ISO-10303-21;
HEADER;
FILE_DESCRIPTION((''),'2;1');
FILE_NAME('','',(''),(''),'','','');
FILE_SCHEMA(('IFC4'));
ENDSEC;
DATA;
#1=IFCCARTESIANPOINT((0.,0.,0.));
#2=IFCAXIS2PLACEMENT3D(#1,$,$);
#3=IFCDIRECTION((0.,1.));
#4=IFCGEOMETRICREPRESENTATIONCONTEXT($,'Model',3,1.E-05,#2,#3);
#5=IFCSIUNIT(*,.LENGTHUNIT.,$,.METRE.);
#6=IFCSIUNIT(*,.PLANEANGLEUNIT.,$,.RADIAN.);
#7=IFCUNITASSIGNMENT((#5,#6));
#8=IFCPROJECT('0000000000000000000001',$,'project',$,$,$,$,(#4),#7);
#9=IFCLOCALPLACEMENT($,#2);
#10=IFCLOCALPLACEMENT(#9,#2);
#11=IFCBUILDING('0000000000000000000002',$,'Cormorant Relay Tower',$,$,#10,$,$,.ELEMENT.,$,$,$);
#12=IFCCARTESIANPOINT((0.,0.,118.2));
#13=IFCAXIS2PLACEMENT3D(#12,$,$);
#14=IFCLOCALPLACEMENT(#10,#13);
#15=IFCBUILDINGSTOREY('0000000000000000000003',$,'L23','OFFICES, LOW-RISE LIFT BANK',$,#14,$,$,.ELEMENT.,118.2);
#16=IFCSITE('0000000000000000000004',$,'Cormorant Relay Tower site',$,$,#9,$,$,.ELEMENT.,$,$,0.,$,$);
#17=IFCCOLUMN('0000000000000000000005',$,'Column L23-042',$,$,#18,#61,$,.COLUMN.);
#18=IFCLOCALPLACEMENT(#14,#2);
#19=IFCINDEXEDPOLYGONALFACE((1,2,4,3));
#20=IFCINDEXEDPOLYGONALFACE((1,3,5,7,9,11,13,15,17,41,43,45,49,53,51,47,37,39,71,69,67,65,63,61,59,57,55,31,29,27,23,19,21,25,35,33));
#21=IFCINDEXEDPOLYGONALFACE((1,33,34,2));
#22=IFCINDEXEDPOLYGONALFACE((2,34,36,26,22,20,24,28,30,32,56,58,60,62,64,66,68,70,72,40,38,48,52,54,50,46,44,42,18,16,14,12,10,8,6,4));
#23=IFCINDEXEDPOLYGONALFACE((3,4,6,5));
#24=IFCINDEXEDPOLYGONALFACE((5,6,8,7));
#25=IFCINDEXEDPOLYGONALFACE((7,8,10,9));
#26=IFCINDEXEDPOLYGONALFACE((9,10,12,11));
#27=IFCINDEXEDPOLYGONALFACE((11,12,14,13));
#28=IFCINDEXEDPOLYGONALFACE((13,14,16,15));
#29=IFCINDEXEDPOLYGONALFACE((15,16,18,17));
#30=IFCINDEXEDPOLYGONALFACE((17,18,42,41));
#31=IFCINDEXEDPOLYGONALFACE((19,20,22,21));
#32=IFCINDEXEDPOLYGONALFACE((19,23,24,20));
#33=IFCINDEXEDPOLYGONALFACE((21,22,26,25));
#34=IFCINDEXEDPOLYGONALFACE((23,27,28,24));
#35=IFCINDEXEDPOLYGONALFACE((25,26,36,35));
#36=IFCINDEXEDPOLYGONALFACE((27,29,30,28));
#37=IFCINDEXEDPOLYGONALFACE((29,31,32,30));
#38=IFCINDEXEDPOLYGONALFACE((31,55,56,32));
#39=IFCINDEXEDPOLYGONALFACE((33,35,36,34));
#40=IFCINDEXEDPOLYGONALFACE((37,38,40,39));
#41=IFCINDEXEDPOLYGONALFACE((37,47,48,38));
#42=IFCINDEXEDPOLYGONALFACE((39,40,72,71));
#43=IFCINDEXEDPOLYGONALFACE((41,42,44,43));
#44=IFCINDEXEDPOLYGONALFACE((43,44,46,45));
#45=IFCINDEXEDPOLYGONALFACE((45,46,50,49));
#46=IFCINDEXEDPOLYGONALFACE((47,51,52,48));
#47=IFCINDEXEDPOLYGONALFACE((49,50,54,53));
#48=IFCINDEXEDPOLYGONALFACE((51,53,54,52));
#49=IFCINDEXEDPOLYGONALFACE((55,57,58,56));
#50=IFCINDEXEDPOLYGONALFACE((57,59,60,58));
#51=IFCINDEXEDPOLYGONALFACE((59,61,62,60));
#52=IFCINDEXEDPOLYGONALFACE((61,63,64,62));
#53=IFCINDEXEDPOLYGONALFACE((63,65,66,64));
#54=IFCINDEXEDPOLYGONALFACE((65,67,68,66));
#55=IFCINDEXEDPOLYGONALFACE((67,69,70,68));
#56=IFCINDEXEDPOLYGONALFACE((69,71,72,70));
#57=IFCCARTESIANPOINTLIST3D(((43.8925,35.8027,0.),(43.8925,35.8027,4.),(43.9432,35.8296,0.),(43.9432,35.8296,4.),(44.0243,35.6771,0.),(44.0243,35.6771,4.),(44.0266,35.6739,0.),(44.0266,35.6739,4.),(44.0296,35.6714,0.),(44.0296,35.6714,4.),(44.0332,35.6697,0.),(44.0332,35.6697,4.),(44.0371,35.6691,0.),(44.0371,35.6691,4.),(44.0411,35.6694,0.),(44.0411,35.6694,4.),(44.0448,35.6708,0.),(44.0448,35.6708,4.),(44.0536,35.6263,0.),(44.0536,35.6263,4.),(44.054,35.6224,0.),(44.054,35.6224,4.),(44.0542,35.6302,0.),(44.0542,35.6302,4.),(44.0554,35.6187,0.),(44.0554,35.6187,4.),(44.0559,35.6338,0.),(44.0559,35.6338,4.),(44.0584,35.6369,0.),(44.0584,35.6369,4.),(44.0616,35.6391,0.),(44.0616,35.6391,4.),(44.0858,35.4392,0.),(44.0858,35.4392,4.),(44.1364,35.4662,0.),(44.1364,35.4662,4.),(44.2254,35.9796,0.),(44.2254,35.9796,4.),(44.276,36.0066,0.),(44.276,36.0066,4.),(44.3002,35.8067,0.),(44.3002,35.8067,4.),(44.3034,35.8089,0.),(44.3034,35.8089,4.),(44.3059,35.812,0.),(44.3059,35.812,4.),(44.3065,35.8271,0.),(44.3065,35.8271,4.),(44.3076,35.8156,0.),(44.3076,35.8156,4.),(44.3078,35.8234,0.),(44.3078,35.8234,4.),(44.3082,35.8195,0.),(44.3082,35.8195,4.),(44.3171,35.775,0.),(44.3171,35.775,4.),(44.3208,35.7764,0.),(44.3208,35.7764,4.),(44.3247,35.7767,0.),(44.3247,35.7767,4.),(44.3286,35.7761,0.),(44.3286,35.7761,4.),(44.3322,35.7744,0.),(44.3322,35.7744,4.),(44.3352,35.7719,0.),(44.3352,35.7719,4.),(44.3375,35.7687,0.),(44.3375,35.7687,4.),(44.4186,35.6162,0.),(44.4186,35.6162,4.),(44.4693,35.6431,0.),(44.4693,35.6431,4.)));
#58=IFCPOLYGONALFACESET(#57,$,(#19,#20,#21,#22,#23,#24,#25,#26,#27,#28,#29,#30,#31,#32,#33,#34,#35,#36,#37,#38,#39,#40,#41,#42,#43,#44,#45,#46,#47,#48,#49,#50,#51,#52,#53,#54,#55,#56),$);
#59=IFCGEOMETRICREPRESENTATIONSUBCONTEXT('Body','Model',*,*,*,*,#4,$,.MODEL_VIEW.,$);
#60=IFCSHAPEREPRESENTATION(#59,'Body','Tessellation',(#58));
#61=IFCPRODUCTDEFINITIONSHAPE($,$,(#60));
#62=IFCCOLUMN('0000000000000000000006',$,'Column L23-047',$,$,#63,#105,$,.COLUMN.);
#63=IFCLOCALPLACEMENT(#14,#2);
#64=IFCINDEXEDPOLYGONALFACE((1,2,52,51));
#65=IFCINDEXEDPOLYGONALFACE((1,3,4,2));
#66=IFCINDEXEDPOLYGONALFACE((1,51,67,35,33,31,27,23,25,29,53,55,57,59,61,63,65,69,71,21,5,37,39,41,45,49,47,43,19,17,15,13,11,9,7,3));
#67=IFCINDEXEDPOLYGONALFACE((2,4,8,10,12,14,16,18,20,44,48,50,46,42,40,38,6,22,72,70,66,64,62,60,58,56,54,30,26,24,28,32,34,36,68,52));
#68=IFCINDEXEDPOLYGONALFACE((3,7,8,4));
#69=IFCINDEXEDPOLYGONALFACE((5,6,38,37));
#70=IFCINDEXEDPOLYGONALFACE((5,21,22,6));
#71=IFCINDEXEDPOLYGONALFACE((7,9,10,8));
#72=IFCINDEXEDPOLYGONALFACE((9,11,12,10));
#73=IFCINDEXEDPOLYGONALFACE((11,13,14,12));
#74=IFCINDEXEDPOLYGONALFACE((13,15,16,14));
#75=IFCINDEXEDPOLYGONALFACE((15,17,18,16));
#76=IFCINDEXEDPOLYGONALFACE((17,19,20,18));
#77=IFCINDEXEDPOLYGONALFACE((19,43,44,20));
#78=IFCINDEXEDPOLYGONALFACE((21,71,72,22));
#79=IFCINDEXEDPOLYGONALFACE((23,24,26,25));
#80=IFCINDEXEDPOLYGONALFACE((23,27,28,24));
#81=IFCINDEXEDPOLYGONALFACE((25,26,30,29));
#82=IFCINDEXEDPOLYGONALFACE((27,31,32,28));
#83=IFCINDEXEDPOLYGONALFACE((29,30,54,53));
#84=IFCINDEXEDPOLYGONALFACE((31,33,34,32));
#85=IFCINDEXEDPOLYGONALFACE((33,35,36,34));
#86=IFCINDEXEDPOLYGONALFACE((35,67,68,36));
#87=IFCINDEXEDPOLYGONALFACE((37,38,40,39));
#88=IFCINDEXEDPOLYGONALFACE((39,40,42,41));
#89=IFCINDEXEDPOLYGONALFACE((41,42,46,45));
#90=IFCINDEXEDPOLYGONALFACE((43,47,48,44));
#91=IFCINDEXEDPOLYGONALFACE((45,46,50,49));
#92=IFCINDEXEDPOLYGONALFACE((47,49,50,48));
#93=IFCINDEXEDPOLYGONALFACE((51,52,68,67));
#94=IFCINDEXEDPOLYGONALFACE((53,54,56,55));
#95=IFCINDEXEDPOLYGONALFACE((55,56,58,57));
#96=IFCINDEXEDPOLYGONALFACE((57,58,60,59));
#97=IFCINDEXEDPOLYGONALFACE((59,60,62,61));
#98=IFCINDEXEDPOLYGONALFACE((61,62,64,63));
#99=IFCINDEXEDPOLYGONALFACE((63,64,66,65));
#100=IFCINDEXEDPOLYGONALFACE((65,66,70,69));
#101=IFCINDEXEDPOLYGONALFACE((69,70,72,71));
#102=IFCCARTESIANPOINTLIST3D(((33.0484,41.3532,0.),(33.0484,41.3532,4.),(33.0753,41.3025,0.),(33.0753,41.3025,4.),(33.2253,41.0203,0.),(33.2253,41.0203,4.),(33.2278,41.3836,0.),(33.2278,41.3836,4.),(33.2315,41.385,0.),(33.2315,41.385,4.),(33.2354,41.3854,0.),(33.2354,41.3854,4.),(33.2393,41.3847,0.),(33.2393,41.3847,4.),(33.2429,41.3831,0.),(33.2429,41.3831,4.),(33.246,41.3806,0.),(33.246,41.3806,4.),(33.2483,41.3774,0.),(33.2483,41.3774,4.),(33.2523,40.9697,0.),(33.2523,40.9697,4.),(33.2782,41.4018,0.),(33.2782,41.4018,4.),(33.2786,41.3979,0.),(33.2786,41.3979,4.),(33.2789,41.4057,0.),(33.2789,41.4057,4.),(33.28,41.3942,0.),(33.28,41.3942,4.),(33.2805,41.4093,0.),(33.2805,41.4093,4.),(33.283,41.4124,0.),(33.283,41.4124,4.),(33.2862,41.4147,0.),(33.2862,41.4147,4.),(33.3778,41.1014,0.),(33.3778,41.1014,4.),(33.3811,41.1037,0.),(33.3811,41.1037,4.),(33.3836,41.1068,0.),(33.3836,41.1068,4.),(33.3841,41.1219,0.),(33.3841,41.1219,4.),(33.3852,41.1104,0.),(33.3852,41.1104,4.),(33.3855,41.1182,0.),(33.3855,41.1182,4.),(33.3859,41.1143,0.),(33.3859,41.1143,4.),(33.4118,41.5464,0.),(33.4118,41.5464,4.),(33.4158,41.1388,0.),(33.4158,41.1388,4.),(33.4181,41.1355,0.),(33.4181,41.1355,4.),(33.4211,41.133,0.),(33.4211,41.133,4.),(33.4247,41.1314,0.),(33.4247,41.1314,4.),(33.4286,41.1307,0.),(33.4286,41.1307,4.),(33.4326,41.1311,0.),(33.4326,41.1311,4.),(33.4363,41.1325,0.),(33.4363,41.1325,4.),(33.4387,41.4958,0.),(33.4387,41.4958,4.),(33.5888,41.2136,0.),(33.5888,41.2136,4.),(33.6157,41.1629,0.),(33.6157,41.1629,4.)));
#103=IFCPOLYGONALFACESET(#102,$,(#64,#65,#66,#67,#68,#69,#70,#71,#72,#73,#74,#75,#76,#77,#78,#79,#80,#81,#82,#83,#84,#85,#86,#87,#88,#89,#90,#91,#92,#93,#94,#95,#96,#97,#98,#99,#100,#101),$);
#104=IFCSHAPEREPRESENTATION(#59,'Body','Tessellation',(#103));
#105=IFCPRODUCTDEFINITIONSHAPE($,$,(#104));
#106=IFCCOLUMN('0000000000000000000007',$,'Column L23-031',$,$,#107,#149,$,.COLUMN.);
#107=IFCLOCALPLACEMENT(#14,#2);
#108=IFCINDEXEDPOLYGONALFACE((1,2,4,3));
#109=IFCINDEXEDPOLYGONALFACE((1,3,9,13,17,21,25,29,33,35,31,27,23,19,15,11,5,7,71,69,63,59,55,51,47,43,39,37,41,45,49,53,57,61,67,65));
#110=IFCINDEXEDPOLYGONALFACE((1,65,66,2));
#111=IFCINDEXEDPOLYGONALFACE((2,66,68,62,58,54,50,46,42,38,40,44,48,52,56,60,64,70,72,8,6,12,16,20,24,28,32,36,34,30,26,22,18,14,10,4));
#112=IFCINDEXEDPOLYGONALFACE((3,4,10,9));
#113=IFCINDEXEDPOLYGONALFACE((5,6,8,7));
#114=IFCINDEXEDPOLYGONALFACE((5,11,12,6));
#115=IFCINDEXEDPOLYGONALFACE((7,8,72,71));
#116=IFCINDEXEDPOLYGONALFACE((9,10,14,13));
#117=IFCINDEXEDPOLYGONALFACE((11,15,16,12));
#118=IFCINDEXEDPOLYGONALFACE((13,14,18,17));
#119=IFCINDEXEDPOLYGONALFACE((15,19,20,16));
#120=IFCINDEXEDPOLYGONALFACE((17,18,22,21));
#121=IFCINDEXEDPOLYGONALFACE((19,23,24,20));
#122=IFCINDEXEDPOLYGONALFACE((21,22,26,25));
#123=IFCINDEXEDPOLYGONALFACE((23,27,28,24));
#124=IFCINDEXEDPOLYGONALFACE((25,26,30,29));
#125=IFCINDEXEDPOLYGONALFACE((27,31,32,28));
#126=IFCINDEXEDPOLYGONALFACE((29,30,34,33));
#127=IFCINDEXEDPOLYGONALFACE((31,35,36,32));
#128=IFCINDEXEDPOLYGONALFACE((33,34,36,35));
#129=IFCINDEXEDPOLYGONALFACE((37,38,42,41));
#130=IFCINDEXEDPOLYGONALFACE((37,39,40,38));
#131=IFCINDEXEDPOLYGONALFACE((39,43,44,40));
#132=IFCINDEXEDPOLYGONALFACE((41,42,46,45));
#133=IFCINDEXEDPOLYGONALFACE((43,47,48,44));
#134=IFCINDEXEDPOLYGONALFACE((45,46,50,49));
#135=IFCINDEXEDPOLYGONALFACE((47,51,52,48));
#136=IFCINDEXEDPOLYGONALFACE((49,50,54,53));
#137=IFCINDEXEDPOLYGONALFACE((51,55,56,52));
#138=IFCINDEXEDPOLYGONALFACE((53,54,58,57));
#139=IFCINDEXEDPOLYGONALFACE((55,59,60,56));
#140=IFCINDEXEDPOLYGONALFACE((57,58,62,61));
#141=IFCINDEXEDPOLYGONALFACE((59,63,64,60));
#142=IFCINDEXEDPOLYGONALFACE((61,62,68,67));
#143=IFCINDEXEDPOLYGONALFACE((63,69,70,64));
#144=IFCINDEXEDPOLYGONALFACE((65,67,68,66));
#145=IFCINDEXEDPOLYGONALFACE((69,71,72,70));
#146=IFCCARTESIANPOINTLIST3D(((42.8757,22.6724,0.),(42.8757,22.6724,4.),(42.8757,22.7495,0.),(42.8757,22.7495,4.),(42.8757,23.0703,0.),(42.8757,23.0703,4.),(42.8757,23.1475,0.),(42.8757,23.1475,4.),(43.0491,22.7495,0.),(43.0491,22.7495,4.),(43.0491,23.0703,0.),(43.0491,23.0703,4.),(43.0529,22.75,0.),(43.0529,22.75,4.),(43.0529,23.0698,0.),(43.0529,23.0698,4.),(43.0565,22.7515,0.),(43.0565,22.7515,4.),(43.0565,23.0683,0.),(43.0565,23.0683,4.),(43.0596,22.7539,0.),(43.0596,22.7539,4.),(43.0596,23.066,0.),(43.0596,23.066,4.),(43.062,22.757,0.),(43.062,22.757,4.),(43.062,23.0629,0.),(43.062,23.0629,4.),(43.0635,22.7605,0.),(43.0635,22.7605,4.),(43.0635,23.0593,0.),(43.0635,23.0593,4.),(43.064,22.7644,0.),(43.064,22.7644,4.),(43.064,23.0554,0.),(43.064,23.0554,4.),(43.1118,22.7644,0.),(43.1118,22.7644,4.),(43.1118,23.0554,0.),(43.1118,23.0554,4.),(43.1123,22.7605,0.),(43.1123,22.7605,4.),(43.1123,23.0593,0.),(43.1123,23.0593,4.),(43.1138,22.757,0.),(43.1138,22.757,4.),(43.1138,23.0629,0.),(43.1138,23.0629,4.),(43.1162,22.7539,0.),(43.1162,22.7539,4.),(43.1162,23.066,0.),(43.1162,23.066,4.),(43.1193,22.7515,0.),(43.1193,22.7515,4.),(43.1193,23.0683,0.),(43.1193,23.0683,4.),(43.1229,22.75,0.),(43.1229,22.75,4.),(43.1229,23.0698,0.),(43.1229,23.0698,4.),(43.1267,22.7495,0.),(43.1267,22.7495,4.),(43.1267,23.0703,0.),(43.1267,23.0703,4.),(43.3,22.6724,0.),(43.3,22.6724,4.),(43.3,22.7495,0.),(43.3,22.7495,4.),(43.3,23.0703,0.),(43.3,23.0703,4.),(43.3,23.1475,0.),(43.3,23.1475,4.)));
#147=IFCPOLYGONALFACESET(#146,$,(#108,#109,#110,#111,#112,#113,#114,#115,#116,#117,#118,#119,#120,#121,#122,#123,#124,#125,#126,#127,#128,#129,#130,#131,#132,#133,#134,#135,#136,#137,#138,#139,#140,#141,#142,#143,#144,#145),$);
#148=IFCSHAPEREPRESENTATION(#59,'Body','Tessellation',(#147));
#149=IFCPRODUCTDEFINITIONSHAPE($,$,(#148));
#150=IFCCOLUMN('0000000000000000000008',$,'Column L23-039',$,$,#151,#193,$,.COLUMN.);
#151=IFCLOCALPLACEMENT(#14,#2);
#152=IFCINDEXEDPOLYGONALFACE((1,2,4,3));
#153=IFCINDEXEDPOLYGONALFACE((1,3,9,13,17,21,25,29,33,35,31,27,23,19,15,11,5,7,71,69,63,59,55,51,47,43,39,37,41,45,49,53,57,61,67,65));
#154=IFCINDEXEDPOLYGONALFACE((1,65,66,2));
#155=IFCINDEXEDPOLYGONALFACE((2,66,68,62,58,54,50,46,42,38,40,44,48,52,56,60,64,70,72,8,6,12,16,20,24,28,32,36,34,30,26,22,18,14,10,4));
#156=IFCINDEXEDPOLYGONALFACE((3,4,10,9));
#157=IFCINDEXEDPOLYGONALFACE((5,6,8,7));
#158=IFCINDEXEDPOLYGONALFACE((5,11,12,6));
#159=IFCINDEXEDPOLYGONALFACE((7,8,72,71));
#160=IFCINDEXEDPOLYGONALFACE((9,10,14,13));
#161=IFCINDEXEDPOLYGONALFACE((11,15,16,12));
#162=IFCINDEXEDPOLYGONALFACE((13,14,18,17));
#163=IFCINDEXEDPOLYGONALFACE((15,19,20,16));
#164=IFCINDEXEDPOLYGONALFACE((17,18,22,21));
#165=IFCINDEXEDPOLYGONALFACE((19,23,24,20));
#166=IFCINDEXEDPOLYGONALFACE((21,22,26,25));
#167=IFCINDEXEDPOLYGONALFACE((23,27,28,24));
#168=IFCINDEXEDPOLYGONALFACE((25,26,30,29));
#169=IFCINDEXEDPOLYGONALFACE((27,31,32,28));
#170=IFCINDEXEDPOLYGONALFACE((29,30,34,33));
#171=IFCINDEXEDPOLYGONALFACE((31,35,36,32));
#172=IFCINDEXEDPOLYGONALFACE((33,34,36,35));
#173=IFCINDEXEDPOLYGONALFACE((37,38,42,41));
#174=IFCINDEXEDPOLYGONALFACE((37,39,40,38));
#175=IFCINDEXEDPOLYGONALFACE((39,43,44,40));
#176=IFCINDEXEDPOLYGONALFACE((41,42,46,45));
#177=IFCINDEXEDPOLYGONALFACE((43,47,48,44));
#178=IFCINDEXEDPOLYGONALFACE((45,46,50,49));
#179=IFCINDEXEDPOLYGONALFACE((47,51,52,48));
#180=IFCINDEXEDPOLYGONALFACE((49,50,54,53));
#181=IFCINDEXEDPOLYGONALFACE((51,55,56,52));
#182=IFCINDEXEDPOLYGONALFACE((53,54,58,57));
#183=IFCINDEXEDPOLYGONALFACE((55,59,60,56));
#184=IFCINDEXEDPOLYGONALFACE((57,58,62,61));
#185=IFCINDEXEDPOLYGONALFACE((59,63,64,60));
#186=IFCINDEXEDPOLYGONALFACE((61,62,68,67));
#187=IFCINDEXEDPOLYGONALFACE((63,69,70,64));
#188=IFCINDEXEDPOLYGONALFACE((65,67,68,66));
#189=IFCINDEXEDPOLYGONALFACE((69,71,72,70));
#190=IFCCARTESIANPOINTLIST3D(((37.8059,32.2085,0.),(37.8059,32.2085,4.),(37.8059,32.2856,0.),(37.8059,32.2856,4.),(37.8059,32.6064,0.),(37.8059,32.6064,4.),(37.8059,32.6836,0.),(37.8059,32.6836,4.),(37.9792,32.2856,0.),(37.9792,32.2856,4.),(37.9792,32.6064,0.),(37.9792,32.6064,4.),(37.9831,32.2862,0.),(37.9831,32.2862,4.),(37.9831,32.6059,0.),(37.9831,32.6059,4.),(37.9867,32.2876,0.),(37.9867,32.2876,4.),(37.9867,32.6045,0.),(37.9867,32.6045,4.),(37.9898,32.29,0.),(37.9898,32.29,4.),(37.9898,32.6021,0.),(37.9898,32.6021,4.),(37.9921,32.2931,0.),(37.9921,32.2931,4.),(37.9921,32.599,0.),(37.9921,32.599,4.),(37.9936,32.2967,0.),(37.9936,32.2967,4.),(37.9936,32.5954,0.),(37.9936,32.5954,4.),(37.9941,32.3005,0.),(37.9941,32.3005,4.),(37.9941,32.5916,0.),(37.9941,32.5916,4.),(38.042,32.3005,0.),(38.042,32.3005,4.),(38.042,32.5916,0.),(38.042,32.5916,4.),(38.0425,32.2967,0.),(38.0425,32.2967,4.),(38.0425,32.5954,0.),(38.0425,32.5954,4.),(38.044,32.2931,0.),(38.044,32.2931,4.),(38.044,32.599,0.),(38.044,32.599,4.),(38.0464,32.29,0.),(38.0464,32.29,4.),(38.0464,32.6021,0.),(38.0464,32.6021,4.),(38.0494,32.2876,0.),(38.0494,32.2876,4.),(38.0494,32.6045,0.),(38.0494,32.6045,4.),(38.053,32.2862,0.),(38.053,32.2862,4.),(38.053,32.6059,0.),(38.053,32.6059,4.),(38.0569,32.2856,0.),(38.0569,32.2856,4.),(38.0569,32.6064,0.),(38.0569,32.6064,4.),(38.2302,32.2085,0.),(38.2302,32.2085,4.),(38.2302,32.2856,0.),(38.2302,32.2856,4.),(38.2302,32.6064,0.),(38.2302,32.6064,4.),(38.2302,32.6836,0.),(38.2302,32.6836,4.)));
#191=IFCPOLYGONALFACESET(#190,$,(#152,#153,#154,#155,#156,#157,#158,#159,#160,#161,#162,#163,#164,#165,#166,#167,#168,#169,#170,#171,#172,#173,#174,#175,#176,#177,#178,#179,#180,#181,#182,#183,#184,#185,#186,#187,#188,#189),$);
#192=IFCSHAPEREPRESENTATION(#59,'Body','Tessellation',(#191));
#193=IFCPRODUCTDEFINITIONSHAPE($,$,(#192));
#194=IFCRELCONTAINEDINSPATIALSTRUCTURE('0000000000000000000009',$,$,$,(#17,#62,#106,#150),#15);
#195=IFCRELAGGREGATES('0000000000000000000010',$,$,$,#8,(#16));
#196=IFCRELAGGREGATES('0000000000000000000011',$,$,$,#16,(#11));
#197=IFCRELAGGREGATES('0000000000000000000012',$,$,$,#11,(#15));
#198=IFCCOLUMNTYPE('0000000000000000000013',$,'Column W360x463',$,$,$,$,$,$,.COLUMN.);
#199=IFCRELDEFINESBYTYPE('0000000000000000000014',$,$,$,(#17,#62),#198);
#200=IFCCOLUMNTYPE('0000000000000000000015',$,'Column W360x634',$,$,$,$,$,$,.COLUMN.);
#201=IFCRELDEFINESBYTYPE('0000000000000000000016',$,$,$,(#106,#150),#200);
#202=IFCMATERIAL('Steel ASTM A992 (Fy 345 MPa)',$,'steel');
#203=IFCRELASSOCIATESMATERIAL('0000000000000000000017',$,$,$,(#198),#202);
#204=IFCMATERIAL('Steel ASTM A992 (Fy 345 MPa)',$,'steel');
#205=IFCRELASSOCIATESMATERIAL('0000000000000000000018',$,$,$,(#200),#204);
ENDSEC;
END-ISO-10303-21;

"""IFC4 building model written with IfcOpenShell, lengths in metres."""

from ifc_helpers import new_model, si_unit, direction, frame, origin, origin_2d, place, context, subcontext, project, spatial, i_section, extrude, material, material_profile, profile_set, type_object, element, save


model = new_model("IFC4")

# Units and contexts
model_context = context("Model", 3, precision=1e-05, world=origin(), true_north=direction((0.0, 1.0)))
body_context = subcontext(model_context, "Body", "Model", "MODEL_VIEW")
ifc_project = project(units=[si_unit("LENGTHUNIT", "METRE"), si_unit("PLANEANGLEUNIT", "RADIAN")], contexts=[model_context])

# Site, building, storey
site_placement = place(None, origin())
site = spatial("IfcSite", under=ifc_project, at=site_placement, Name="Cormorant Relay Tower site", CompositionType="ELEMENT", RefElevation=0.0)
building_placement = place(site_placement, origin())
building = spatial("IfcBuilding", under=site, at=building_placement, Name="Cormorant Relay Tower", CompositionType="ELEMENT")
storey_placement = place(building_placement, frame((0.0, 0.0, 118.2)))
storey = spatial("IfcBuildingStorey", under=building, at=storey_placement, Name="L23", Description="OFFICES, LOW-RISE LIFT BANK", CompositionType="ELEMENT", Elevation=118.2)

# Columns
ifc_material_1 = material(Name="Steel ASTM A992 (Fy 345 MPa)", Category="steel")
ifc_material_profile_1 = material_profile(ifc_material_1, i_section(OverallWidth=0.4116, OverallDepth=0.4343, WebThickness=0.0359, FlangeThickness=0.0574, FilletRadius=0.0151, at=origin_2d()), Name="W360x463")
ifc_profile_set_1 = profile_set([ifc_material_profile_1], Name="Steel ASTM A992 (Fy 345 MPa)")
column_type_1 = type_object("IfcColumnType", Name="Column W360x463", PredefinedType="COLUMN", material=ifc_profile_set_1)
for number, where, z_axis, x_axis, name in (
    (1, (44.1809, 35.7229, 0.0), (0.0, 0.0, 1.0), (-0.469472, 0.882948, 0.0), "Column L23-042"),
    (2, (33.332, 41.2581, 0.0), (0.0, 0.0, 1.0), (-0.882948, -0.469472, 0.0), "Column L23-047"),
):
    element("IfcColumn", number, at=place(storey_placement, frame(where, z_axis=z_axis, x_axis=x_axis)), inside=storey, type_object=column_type_1, Name=name, PredefinedType="COLUMN", context=body_context, shape_type="SweptSolid", body=[
        extrude(i_section(OverallWidth=0.4116, OverallDepth=0.4343, WebThickness=0.0359, FlangeThickness=0.0574, FilletRadius=0.0151, at=origin_2d()), origin(), (0.0, 0.0, 1.0), 4.0),
    ])
ifc_material_2 = material(Name="Steel ASTM A992 (Fy 345 MPa)", Category="steel")
ifc_material_profile_2 = material_profile(ifc_material_2, i_section(OverallWidth=0.4243, OverallDepth=0.4751, WebThickness=0.0479, FlangeThickness=0.0771, FilletRadius=0.0149, at=origin_2d()), Name="W360x634")
ifc_profile_set_2 = profile_set([ifc_material_profile_2], Name="Steel ASTM A992 (Fy 345 MPa)")
column_type_2 = type_object("IfcColumnType", Name="Column W360x634", PredefinedType="COLUMN", material=ifc_profile_set_2)
for number, where, z_axis, x_axis, name in (
    (3, (43.0879, 22.9099, 0.0), (0.0, 0.0, 1.0), (1.0, 0.0, 0.0), "Column L23-031"),
    (4, (38.0181, 32.446, 0.0), (0.0, 0.0, 1.0), (1.0, 0.0, 0.0), "Column L23-039"),
):
    element("IfcColumn", number, at=place(storey_placement, frame(where, z_axis=z_axis, x_axis=x_axis)), inside=storey, type_object=column_type_2, Name=name, PredefinedType="COLUMN", context=body_context, shape_type="SweptSolid", body=[
        extrude(i_section(OverallWidth=0.4243, OverallDepth=0.4751, WebThickness=0.0479, FlangeThickness=0.0771, FilletRadius=0.0149, at=origin_2d()), origin(), (0.0, 0.0, 1.0), 4.0),
    ])

save(model, "model.ifc")
